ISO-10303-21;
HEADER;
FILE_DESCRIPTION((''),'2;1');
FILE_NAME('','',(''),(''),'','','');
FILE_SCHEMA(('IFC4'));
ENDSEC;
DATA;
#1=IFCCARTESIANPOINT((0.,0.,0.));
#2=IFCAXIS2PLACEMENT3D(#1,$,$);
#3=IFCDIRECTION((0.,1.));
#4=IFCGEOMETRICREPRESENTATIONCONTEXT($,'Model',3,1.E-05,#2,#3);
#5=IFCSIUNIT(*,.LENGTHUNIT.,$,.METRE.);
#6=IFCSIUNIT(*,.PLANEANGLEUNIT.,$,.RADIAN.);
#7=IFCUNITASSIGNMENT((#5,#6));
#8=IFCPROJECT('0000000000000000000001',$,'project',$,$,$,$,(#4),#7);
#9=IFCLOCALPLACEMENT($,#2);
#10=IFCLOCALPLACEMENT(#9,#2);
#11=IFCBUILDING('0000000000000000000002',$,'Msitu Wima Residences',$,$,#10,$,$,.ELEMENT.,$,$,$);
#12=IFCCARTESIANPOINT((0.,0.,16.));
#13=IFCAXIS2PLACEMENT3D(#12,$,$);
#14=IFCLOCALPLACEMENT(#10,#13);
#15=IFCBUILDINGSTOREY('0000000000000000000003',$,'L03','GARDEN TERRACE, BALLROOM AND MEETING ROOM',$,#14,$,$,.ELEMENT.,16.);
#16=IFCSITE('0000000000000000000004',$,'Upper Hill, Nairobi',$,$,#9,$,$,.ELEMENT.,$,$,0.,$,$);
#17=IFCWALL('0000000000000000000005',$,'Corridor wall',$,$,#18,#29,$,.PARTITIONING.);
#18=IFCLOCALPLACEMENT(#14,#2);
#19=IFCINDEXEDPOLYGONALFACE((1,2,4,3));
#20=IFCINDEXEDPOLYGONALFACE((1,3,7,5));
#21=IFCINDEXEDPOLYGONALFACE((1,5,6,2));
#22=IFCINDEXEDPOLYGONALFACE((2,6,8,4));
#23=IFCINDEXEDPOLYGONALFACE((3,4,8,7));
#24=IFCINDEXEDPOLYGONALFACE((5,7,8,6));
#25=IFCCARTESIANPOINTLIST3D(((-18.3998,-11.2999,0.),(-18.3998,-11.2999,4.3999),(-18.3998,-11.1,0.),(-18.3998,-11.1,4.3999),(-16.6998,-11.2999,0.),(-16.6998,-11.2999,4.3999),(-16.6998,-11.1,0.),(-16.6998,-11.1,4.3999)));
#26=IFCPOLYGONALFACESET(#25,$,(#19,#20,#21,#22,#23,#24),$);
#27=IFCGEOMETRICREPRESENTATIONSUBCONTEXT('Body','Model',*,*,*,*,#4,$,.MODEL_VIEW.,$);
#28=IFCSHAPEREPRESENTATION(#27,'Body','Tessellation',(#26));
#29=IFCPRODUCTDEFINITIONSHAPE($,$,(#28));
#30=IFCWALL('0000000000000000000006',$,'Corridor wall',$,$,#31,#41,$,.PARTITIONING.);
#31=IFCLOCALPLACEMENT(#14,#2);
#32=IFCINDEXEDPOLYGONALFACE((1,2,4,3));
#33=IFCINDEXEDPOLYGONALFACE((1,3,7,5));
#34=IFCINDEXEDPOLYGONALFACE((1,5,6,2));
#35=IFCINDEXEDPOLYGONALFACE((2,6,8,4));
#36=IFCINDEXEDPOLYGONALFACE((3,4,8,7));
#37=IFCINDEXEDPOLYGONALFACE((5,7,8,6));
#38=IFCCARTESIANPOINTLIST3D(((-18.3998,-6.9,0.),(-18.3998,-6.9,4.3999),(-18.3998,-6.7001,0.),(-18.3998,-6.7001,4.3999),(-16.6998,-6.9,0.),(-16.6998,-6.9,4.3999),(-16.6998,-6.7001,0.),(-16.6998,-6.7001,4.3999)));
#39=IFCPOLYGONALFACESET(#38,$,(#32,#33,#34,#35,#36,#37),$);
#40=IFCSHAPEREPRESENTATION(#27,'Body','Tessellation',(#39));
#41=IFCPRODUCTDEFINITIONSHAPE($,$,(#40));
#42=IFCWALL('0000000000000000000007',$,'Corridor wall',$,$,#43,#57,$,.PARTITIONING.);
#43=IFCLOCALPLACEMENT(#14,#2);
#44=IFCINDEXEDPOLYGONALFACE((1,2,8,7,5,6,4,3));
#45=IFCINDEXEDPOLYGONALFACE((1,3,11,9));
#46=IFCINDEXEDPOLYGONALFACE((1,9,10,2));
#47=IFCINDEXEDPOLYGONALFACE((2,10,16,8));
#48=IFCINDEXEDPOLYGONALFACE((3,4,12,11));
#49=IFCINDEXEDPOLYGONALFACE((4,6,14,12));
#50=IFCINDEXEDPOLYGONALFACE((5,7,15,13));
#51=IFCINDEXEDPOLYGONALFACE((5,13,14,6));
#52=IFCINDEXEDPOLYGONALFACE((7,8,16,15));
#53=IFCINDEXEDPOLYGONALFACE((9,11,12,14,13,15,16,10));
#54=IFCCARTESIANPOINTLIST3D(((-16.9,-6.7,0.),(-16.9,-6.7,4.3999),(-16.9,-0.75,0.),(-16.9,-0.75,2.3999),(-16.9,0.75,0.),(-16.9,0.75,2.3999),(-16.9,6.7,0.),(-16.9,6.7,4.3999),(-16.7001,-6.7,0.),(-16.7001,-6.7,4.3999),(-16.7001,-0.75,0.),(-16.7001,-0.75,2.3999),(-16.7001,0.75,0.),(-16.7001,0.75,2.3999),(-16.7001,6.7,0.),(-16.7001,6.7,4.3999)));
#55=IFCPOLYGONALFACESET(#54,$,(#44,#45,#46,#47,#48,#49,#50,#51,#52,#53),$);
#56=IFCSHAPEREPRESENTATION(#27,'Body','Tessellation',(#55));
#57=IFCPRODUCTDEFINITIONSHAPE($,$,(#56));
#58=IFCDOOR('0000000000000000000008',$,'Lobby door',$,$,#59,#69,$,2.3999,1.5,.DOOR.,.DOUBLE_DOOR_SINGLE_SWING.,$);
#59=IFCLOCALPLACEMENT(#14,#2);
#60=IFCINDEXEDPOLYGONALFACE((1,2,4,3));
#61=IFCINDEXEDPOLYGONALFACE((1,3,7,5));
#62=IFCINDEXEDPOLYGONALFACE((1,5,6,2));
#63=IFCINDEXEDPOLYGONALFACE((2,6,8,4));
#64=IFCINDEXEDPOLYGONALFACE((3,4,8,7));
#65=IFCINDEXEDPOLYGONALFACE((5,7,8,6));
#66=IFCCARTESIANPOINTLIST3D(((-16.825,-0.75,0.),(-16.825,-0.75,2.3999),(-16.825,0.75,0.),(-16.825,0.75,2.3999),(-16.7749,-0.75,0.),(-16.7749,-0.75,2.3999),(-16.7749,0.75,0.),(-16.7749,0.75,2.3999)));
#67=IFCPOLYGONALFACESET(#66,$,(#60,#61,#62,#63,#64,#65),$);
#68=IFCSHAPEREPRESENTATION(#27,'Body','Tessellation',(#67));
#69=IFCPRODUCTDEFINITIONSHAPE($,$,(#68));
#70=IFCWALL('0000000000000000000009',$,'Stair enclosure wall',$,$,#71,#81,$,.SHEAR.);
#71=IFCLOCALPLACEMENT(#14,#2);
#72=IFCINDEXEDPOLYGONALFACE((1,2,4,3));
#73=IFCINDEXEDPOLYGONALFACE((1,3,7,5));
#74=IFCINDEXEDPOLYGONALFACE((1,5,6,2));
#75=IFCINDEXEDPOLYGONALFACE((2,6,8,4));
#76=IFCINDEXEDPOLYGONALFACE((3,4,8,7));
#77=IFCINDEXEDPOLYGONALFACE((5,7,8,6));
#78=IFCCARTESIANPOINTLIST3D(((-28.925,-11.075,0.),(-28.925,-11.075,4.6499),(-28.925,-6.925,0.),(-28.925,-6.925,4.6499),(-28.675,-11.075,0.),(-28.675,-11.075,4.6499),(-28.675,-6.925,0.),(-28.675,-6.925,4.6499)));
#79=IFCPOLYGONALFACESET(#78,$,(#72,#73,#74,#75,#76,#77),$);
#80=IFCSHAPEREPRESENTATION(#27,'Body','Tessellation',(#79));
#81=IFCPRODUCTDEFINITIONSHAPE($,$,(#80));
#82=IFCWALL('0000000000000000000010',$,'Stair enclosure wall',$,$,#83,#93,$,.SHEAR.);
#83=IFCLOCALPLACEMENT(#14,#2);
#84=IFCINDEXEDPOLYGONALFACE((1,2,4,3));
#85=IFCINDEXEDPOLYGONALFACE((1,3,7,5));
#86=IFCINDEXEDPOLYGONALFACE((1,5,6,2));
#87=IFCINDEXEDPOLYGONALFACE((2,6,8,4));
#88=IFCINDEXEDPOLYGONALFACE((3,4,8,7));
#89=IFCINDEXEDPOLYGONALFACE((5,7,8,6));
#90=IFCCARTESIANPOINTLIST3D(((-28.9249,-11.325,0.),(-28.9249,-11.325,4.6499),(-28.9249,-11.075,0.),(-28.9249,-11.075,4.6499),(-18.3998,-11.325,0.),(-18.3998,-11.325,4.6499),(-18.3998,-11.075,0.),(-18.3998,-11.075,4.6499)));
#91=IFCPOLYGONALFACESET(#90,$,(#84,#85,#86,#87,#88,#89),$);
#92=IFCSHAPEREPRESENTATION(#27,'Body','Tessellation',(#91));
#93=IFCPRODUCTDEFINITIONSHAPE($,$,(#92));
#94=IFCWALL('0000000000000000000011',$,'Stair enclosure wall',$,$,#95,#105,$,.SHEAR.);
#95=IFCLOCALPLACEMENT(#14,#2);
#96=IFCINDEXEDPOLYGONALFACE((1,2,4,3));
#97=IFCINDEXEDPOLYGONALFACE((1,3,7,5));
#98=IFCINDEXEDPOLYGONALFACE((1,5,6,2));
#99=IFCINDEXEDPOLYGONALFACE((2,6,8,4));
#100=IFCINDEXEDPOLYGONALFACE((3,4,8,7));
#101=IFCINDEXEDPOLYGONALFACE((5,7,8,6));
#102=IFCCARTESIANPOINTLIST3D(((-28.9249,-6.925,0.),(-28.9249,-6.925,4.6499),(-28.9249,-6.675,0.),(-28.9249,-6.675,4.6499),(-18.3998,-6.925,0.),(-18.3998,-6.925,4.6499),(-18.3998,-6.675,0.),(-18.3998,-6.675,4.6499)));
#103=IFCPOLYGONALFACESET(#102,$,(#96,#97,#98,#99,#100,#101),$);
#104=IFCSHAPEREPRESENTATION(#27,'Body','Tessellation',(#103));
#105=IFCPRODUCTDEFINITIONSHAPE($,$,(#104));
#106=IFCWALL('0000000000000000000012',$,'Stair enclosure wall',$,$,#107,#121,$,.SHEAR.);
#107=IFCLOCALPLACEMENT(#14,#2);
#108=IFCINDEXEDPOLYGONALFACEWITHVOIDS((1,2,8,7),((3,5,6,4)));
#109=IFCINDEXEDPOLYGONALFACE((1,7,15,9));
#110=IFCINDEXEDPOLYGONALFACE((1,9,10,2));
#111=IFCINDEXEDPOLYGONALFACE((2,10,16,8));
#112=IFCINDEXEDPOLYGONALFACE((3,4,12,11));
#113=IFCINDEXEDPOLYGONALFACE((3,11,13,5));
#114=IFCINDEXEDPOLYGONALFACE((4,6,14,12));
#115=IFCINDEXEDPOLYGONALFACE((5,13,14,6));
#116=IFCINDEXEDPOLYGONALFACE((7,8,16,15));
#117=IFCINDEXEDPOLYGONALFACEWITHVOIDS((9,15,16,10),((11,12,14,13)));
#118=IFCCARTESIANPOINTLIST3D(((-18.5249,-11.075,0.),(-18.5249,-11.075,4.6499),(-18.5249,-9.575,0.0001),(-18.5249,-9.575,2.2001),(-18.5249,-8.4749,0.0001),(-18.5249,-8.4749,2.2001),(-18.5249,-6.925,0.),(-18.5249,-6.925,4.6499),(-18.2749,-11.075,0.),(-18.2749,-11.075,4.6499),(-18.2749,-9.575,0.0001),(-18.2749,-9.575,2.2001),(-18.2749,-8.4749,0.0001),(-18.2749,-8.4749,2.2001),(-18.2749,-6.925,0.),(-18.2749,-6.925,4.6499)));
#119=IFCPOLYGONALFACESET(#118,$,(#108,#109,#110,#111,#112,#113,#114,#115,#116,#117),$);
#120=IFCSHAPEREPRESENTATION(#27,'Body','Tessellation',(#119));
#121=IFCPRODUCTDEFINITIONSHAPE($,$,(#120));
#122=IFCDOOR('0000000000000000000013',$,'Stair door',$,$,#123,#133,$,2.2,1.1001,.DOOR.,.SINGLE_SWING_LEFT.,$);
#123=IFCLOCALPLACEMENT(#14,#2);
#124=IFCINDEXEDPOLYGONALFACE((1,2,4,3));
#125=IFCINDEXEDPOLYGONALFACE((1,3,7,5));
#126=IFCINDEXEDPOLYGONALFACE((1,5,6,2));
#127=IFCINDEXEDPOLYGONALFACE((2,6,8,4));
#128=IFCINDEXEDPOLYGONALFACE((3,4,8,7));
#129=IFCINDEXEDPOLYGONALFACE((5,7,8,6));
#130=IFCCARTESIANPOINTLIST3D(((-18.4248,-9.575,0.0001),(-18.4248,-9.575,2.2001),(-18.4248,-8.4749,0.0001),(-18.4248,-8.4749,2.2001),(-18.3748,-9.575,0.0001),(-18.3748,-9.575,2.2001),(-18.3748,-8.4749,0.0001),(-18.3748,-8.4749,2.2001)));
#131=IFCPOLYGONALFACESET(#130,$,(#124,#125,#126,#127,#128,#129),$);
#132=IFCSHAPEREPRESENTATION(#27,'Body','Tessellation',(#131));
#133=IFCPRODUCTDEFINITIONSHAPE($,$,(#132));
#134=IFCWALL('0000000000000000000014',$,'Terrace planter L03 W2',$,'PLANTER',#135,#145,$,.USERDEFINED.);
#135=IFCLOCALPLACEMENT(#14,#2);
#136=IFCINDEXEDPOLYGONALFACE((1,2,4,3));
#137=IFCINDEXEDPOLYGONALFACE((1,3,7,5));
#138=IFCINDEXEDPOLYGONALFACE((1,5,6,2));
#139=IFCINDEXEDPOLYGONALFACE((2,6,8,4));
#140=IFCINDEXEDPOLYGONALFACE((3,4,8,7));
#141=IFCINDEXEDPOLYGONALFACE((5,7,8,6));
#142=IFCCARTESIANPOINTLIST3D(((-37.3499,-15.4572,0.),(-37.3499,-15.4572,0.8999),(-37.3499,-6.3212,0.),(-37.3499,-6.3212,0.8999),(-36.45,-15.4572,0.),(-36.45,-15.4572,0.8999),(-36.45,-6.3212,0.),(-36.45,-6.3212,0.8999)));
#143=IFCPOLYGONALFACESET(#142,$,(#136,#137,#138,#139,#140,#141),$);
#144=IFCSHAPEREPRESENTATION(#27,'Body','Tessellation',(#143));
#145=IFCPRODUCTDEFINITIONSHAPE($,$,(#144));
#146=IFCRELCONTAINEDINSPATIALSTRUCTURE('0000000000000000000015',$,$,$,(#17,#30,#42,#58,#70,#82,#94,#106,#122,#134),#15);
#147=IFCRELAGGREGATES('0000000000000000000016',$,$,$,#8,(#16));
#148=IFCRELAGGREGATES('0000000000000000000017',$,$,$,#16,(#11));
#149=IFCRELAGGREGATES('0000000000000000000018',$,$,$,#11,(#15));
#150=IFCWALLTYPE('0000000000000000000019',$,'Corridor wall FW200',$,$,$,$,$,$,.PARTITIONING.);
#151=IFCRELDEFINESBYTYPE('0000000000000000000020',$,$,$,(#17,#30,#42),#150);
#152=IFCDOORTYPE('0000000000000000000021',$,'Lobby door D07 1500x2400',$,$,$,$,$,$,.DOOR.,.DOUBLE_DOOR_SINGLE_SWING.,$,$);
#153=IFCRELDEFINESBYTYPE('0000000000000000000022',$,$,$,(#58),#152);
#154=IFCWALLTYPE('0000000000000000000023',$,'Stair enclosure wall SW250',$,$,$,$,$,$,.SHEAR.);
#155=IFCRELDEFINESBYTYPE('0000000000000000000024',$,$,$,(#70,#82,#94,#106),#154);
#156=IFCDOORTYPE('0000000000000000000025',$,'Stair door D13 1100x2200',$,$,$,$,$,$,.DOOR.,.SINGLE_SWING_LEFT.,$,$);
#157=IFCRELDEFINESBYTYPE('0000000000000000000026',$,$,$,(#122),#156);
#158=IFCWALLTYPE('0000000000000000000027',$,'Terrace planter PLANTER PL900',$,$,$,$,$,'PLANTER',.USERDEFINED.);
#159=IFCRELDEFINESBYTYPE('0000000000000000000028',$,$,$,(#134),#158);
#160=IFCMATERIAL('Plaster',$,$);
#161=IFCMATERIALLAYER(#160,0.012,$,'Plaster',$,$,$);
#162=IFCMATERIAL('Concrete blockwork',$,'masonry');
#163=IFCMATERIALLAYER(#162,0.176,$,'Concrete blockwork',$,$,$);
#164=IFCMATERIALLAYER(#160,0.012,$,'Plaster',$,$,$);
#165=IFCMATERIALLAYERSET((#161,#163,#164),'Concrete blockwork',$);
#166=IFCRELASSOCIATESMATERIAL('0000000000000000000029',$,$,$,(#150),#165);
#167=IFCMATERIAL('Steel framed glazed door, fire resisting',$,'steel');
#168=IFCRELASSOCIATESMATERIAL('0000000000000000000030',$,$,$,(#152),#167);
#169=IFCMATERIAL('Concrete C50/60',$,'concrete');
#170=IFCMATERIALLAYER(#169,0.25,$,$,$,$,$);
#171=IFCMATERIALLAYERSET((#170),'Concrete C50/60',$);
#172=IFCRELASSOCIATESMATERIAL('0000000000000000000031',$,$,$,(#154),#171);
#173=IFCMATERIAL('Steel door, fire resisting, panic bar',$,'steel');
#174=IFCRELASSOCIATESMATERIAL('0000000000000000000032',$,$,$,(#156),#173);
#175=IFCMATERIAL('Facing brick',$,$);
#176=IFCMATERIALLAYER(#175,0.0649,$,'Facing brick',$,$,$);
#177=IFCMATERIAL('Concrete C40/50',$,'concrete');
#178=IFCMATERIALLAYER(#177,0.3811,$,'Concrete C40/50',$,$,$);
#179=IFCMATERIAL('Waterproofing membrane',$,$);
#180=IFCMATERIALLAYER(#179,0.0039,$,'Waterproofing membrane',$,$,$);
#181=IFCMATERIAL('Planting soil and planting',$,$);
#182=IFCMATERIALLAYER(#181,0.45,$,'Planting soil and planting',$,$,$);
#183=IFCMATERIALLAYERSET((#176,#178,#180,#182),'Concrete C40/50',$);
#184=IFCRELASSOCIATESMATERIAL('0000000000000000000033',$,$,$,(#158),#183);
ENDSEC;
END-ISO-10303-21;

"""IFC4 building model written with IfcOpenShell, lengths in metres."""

from ifc_helpers import new_model, si_unit, direction, frame, frame_2d, origin, place, context, subcontext, project, spatial, rectangle, extrude, material, layer, layer_set, type_object, element, fill, save


model = new_model("IFC4")

# Units and contexts
model_context = context("Model", 3, precision=1e-05, world=origin(), true_north=direction((0.0, 1.0)))
body_context = subcontext(model_context, "Body", "Model", "MODEL_VIEW")
ifc_project = project(units=[si_unit("LENGTHUNIT", "METRE"), si_unit("PLANEANGLEUNIT", "RADIAN")], contexts=[model_context])

# Site, building, storey
site_placement = place(None, origin())
site = spatial("IfcSite", under=ifc_project, at=site_placement, Name="Upper Hill, Nairobi", CompositionType="ELEMENT", RefElevation=0.0)
building_placement = place(site_placement, origin())
building = spatial("IfcBuilding", under=site, at=building_placement, Name="Msitu Wima Residences", CompositionType="ELEMENT")
storey_placement = place(building_placement, frame((0.0, 0.0, 16.0)))
storey = spatial("IfcBuildingStorey", under=building, at=storey_placement, Name="L03", Description="GARDEN TERRACE, BALLROOM AND MEETING ROOM", CompositionType="ELEMENT", Elevation=16.0)

# Shared definitions
ifc_material_1 = material(Name="Concrete C40/50", Category="concrete")

# Shared definitions
ifc_material_2 = material(Name="Plaster")
ifc_layer_1 = layer(ifc_material_2, 0.012, Name="Plaster")
ifc_material_3 = material(Name="Concrete blockwork", Category="masonry")
ifc_layer_2 = layer(ifc_material_3, 0.176, Name="Concrete blockwork")
ifc_layer_3 = layer(ifc_material_2, 0.012, Name="Plaster")
ifc_layer_set_1 = layer_set([ifc_layer_1, ifc_layer_2, ifc_layer_3], Name="Concrete blockwork")
wall_type_1 = type_object("IfcWallType", Name="Corridor wall FW200", PredefinedType="PARTITIONING", material=ifc_layer_set_1)

# Walls
for number, where, z_axis, x_axis, name in (
    (1, (-18.3999, -11.2, 0.0), (0.0, 0.0, 1.0), (1.0, 0.0, 0.0), "Corridor wall"),
    (2, (-18.3999, -6.8, 0.0), (0.0, 0.0, 1.0), (1.0, 0.0, 0.0), "Corridor wall"),
):
    element("IfcWall", number, at=place(storey_placement, frame(where, z_axis=z_axis, x_axis=x_axis)), inside=storey, type_object=wall_type_1, Name=name, PredefinedType="PARTITIONING", context=body_context, shape_type="SweptSolid", body=[
        extrude(rectangle(XDim=1.7, YDim=0.2, at=frame_2d((0.8501, 0.0))), origin(), (0.0, 0.0, 1.0), 4.3999),
    ])

# Wall, opening, door
wall_1_placement = place(storey_placement, frame((-16.8, -6.7, 0.0), z_axis=(0.0, 0.0, 1.0), x_axis=(0.0, 1.0, 0.0)))
wall_1 = element("IfcWall", 3, at=wall_1_placement, inside=storey, type_object=wall_type_1, Name="Corridor wall", PredefinedType="PARTITIONING", context=body_context, shape_type="SweptSolid", body=[
    extrude(rectangle(XDim=13.3999, YDim=0.2, at=frame_2d((6.7, 0.0))), origin(), (0.0, 0.0, 1.0), 4.3999),
])
opening_1_placement = place(wall_1_placement, frame((5.95, 0.0, 0.0)))
opening_1 = element("IfcOpeningElement", 4, at=opening_1_placement, cuts=wall_1, PredefinedType="OPENING", context=body_context, shape_type="SweptSolid", body=[
    extrude(rectangle(XDim=1.5, YDim=2.3999, at=frame_2d((0.75, 1.2))), frame((0.0, 0.1099, 0.0), z_axis=(0.0, -1.0, 0.0), x_axis=(1.0, 0.0, 0.0)), (0.0, 0.0, 1.0), 0.22),
])
ifc_material_4 = material(Name="Steel framed glazed door, fire resisting", Category="steel")
door_type_1 = type_object("IfcDoorType", Name="Lobby door D07 1500x2400", OperationType="DOUBLE_DOOR_SINGLE_SWING", PredefinedType="DOOR", material=ifc_material_4)
door_1_placement = place(opening_1_placement, origin())
door_1 = element("IfcDoor", 5, at=door_1_placement, inside=storey, type_object=door_type_1, Name="Lobby door", OperationType="DOUBLE_DOOR_SINGLE_SWING", OverallHeight=2.3999, OverallWidth=1.5, PredefinedType="DOOR", context=body_context, shape_type="SweptSolid", body=[
    extrude(rectangle(XDim=1.5, YDim=2.3999, at=frame_2d((0.75, 1.2))), frame((0.0, 0.0249, 0.0), z_axis=(0.0, -1.0, 0.0), x_axis=(1.0, 0.0, 0.0)), (0.0, 0.0, 1.0), 0.05),
])
fill(opening_1, door_1)

# Walls
ifc_material_5 = material(Name="Concrete C50/60", Category="concrete")
ifc_layer_4 = layer(ifc_material_5, 0.25)
ifc_layer_set_2 = layer_set([ifc_layer_4], Name="Concrete C50/60")
wall_type_2 = type_object("IfcWallType", Name="Stair enclosure wall SW250", PredefinedType="SHEAR", material=ifc_layer_set_2)
wall_2_placement = place(storey_placement, frame((-28.8, -11.075, 0.0), z_axis=(0.0, 0.0, 1.0), x_axis=(0.0, 1.0, 0.0)))
element("IfcWall", 6, at=wall_2_placement, inside=storey, type_object=wall_type_2, Name="Stair enclosure wall", PredefinedType="SHEAR", context=body_context, shape_type="SweptSolid", body=[
    extrude(rectangle(XDim=4.1499, YDim=0.25, at=frame_2d((2.075, 0.0))), origin(), (0.0, 0.0, 1.0), 4.6499),
])
for number, where, z_axis, x_axis, name in (
    (7, (-28.925, -11.2, 0.0), (0.0, 0.0, 1.0), (1.0, 0.0, 0.0), "Stair enclosure wall"),
    (8, (-28.925, -6.8, 0.0), (0.0, 0.0, 1.0), (1.0, 0.0, 0.0), "Stair enclosure wall"),
):
    element("IfcWall", number, at=place(storey_placement, frame(where, z_axis=z_axis, x_axis=x_axis)), inside=storey, type_object=wall_type_2, Name=name, PredefinedType="SHEAR", context=body_context, shape_type="SweptSolid", body=[
        extrude(rectangle(XDim=10.5251, YDim=0.25, at=frame_2d((5.2627, 0.0))), origin(), (0.0, 0.0, 1.0), 4.6499),
    ])

# Wall, opening, door
wall_3_placement = place(storey_placement, frame((-18.3999, -11.075, 0.0), z_axis=(0.0, 0.0, 1.0), x_axis=(0.0, 1.0, 0.0)))
wall_3 = element("IfcWall", 9, at=wall_3_placement, inside=storey, type_object=wall_type_2, Name="Stair enclosure wall", PredefinedType="SHEAR", context=body_context, shape_type="SweptSolid", body=[
    extrude(rectangle(XDim=4.1499, YDim=0.25, at=frame_2d((2.075, 0.0))), origin(), (0.0, 0.0, 1.0), 4.6499),
])
opening_2_placement = place(wall_3_placement, frame((1.5, 0.0, 0.0)))
opening_2 = element("IfcOpeningElement", 10, at=opening_2_placement, cuts=wall_3, PredefinedType="OPENING", context=body_context, shape_type="SweptSolid", body=[
    extrude(rectangle(XDim=1.1001, YDim=2.2, at=frame_2d((0.55, 1.1001))), frame((0.0, 0.135, 0.0), z_axis=(0.0, -1.0, 0.0), x_axis=(1.0, 0.0, 0.0)), (0.0, 0.0, 1.0), 0.27),
])
ifc_material_6 = material(Name="Steel door, fire resisting, panic bar", Category="steel")
door_type_2 = type_object("IfcDoorType", Name="Stair door D13 1100x2200", OperationType="SINGLE_SWING_LEFT", PredefinedType="DOOR", material=ifc_material_6)
door_2_placement = place(opening_2_placement, origin())
door_2 = element("IfcDoor", 11, at=door_2_placement, inside=storey, type_object=door_type_2, Name="Stair door", OperationType="SINGLE_SWING_LEFT", OverallHeight=2.2, OverallWidth=1.1001, PredefinedType="DOOR", context=body_context, shape_type="SweptSolid", body=[
    extrude(rectangle(XDim=1.1001, YDim=2.2, at=frame_2d((0.55, 1.1001))), frame((0.0, 0.0249, 0.0), z_axis=(0.0, -1.0, 0.0), x_axis=(1.0, 0.0, 0.0)), (0.0, 0.0, 1.0), 0.05),
])
fill(opening_2, door_2)

# Wall
ifc_material_7 = material(Name="Facing brick")
ifc_layer_5 = layer(ifc_material_7, 0.0649, Name="Facing brick")
ifc_layer_6 = layer(ifc_material_1, 0.3811, Name="Concrete C40/50")
ifc_material_8 = material(Name="Waterproofing membrane")
ifc_layer_7 = layer(ifc_material_8, 0.0039, Name="Waterproofing membrane")
ifc_material_9 = material(Name="Planting soil and planting")
ifc_layer_8 = layer(ifc_material_9, 0.45, Name="Planting soil and planting")
ifc_layer_set_3 = layer_set([ifc_layer_5, ifc_layer_6, ifc_layer_7, ifc_layer_8], Name="Concrete C40/50")
wall_type_3 = type_object("IfcWallType", Name="Terrace planter PLANTER PL900", ElementType="PLANTER", PredefinedType="USERDEFINED", material=ifc_layer_set_3)
wall_4_placement = place(storey_placement, frame((-36.8999, -6.3213, 0.0), z_axis=(0.0, 0.0, 1.0), x_axis=(0.0, -1.0, 0.0)))
element("IfcWall", 12, at=wall_4_placement, inside=storey, type_object=wall_type_3, Name="Terrace planter L03 W2", ObjectType="PLANTER", PredefinedType="USERDEFINED", context=body_context, shape_type="SweptSolid", body=[
    extrude(rectangle(XDim=9.136, YDim=0.8999, at=frame_2d((4.5679, 0.0))), origin(), (0.0, 0.0, 1.0), 0.8999),
])

save(model, "model.ifc")
